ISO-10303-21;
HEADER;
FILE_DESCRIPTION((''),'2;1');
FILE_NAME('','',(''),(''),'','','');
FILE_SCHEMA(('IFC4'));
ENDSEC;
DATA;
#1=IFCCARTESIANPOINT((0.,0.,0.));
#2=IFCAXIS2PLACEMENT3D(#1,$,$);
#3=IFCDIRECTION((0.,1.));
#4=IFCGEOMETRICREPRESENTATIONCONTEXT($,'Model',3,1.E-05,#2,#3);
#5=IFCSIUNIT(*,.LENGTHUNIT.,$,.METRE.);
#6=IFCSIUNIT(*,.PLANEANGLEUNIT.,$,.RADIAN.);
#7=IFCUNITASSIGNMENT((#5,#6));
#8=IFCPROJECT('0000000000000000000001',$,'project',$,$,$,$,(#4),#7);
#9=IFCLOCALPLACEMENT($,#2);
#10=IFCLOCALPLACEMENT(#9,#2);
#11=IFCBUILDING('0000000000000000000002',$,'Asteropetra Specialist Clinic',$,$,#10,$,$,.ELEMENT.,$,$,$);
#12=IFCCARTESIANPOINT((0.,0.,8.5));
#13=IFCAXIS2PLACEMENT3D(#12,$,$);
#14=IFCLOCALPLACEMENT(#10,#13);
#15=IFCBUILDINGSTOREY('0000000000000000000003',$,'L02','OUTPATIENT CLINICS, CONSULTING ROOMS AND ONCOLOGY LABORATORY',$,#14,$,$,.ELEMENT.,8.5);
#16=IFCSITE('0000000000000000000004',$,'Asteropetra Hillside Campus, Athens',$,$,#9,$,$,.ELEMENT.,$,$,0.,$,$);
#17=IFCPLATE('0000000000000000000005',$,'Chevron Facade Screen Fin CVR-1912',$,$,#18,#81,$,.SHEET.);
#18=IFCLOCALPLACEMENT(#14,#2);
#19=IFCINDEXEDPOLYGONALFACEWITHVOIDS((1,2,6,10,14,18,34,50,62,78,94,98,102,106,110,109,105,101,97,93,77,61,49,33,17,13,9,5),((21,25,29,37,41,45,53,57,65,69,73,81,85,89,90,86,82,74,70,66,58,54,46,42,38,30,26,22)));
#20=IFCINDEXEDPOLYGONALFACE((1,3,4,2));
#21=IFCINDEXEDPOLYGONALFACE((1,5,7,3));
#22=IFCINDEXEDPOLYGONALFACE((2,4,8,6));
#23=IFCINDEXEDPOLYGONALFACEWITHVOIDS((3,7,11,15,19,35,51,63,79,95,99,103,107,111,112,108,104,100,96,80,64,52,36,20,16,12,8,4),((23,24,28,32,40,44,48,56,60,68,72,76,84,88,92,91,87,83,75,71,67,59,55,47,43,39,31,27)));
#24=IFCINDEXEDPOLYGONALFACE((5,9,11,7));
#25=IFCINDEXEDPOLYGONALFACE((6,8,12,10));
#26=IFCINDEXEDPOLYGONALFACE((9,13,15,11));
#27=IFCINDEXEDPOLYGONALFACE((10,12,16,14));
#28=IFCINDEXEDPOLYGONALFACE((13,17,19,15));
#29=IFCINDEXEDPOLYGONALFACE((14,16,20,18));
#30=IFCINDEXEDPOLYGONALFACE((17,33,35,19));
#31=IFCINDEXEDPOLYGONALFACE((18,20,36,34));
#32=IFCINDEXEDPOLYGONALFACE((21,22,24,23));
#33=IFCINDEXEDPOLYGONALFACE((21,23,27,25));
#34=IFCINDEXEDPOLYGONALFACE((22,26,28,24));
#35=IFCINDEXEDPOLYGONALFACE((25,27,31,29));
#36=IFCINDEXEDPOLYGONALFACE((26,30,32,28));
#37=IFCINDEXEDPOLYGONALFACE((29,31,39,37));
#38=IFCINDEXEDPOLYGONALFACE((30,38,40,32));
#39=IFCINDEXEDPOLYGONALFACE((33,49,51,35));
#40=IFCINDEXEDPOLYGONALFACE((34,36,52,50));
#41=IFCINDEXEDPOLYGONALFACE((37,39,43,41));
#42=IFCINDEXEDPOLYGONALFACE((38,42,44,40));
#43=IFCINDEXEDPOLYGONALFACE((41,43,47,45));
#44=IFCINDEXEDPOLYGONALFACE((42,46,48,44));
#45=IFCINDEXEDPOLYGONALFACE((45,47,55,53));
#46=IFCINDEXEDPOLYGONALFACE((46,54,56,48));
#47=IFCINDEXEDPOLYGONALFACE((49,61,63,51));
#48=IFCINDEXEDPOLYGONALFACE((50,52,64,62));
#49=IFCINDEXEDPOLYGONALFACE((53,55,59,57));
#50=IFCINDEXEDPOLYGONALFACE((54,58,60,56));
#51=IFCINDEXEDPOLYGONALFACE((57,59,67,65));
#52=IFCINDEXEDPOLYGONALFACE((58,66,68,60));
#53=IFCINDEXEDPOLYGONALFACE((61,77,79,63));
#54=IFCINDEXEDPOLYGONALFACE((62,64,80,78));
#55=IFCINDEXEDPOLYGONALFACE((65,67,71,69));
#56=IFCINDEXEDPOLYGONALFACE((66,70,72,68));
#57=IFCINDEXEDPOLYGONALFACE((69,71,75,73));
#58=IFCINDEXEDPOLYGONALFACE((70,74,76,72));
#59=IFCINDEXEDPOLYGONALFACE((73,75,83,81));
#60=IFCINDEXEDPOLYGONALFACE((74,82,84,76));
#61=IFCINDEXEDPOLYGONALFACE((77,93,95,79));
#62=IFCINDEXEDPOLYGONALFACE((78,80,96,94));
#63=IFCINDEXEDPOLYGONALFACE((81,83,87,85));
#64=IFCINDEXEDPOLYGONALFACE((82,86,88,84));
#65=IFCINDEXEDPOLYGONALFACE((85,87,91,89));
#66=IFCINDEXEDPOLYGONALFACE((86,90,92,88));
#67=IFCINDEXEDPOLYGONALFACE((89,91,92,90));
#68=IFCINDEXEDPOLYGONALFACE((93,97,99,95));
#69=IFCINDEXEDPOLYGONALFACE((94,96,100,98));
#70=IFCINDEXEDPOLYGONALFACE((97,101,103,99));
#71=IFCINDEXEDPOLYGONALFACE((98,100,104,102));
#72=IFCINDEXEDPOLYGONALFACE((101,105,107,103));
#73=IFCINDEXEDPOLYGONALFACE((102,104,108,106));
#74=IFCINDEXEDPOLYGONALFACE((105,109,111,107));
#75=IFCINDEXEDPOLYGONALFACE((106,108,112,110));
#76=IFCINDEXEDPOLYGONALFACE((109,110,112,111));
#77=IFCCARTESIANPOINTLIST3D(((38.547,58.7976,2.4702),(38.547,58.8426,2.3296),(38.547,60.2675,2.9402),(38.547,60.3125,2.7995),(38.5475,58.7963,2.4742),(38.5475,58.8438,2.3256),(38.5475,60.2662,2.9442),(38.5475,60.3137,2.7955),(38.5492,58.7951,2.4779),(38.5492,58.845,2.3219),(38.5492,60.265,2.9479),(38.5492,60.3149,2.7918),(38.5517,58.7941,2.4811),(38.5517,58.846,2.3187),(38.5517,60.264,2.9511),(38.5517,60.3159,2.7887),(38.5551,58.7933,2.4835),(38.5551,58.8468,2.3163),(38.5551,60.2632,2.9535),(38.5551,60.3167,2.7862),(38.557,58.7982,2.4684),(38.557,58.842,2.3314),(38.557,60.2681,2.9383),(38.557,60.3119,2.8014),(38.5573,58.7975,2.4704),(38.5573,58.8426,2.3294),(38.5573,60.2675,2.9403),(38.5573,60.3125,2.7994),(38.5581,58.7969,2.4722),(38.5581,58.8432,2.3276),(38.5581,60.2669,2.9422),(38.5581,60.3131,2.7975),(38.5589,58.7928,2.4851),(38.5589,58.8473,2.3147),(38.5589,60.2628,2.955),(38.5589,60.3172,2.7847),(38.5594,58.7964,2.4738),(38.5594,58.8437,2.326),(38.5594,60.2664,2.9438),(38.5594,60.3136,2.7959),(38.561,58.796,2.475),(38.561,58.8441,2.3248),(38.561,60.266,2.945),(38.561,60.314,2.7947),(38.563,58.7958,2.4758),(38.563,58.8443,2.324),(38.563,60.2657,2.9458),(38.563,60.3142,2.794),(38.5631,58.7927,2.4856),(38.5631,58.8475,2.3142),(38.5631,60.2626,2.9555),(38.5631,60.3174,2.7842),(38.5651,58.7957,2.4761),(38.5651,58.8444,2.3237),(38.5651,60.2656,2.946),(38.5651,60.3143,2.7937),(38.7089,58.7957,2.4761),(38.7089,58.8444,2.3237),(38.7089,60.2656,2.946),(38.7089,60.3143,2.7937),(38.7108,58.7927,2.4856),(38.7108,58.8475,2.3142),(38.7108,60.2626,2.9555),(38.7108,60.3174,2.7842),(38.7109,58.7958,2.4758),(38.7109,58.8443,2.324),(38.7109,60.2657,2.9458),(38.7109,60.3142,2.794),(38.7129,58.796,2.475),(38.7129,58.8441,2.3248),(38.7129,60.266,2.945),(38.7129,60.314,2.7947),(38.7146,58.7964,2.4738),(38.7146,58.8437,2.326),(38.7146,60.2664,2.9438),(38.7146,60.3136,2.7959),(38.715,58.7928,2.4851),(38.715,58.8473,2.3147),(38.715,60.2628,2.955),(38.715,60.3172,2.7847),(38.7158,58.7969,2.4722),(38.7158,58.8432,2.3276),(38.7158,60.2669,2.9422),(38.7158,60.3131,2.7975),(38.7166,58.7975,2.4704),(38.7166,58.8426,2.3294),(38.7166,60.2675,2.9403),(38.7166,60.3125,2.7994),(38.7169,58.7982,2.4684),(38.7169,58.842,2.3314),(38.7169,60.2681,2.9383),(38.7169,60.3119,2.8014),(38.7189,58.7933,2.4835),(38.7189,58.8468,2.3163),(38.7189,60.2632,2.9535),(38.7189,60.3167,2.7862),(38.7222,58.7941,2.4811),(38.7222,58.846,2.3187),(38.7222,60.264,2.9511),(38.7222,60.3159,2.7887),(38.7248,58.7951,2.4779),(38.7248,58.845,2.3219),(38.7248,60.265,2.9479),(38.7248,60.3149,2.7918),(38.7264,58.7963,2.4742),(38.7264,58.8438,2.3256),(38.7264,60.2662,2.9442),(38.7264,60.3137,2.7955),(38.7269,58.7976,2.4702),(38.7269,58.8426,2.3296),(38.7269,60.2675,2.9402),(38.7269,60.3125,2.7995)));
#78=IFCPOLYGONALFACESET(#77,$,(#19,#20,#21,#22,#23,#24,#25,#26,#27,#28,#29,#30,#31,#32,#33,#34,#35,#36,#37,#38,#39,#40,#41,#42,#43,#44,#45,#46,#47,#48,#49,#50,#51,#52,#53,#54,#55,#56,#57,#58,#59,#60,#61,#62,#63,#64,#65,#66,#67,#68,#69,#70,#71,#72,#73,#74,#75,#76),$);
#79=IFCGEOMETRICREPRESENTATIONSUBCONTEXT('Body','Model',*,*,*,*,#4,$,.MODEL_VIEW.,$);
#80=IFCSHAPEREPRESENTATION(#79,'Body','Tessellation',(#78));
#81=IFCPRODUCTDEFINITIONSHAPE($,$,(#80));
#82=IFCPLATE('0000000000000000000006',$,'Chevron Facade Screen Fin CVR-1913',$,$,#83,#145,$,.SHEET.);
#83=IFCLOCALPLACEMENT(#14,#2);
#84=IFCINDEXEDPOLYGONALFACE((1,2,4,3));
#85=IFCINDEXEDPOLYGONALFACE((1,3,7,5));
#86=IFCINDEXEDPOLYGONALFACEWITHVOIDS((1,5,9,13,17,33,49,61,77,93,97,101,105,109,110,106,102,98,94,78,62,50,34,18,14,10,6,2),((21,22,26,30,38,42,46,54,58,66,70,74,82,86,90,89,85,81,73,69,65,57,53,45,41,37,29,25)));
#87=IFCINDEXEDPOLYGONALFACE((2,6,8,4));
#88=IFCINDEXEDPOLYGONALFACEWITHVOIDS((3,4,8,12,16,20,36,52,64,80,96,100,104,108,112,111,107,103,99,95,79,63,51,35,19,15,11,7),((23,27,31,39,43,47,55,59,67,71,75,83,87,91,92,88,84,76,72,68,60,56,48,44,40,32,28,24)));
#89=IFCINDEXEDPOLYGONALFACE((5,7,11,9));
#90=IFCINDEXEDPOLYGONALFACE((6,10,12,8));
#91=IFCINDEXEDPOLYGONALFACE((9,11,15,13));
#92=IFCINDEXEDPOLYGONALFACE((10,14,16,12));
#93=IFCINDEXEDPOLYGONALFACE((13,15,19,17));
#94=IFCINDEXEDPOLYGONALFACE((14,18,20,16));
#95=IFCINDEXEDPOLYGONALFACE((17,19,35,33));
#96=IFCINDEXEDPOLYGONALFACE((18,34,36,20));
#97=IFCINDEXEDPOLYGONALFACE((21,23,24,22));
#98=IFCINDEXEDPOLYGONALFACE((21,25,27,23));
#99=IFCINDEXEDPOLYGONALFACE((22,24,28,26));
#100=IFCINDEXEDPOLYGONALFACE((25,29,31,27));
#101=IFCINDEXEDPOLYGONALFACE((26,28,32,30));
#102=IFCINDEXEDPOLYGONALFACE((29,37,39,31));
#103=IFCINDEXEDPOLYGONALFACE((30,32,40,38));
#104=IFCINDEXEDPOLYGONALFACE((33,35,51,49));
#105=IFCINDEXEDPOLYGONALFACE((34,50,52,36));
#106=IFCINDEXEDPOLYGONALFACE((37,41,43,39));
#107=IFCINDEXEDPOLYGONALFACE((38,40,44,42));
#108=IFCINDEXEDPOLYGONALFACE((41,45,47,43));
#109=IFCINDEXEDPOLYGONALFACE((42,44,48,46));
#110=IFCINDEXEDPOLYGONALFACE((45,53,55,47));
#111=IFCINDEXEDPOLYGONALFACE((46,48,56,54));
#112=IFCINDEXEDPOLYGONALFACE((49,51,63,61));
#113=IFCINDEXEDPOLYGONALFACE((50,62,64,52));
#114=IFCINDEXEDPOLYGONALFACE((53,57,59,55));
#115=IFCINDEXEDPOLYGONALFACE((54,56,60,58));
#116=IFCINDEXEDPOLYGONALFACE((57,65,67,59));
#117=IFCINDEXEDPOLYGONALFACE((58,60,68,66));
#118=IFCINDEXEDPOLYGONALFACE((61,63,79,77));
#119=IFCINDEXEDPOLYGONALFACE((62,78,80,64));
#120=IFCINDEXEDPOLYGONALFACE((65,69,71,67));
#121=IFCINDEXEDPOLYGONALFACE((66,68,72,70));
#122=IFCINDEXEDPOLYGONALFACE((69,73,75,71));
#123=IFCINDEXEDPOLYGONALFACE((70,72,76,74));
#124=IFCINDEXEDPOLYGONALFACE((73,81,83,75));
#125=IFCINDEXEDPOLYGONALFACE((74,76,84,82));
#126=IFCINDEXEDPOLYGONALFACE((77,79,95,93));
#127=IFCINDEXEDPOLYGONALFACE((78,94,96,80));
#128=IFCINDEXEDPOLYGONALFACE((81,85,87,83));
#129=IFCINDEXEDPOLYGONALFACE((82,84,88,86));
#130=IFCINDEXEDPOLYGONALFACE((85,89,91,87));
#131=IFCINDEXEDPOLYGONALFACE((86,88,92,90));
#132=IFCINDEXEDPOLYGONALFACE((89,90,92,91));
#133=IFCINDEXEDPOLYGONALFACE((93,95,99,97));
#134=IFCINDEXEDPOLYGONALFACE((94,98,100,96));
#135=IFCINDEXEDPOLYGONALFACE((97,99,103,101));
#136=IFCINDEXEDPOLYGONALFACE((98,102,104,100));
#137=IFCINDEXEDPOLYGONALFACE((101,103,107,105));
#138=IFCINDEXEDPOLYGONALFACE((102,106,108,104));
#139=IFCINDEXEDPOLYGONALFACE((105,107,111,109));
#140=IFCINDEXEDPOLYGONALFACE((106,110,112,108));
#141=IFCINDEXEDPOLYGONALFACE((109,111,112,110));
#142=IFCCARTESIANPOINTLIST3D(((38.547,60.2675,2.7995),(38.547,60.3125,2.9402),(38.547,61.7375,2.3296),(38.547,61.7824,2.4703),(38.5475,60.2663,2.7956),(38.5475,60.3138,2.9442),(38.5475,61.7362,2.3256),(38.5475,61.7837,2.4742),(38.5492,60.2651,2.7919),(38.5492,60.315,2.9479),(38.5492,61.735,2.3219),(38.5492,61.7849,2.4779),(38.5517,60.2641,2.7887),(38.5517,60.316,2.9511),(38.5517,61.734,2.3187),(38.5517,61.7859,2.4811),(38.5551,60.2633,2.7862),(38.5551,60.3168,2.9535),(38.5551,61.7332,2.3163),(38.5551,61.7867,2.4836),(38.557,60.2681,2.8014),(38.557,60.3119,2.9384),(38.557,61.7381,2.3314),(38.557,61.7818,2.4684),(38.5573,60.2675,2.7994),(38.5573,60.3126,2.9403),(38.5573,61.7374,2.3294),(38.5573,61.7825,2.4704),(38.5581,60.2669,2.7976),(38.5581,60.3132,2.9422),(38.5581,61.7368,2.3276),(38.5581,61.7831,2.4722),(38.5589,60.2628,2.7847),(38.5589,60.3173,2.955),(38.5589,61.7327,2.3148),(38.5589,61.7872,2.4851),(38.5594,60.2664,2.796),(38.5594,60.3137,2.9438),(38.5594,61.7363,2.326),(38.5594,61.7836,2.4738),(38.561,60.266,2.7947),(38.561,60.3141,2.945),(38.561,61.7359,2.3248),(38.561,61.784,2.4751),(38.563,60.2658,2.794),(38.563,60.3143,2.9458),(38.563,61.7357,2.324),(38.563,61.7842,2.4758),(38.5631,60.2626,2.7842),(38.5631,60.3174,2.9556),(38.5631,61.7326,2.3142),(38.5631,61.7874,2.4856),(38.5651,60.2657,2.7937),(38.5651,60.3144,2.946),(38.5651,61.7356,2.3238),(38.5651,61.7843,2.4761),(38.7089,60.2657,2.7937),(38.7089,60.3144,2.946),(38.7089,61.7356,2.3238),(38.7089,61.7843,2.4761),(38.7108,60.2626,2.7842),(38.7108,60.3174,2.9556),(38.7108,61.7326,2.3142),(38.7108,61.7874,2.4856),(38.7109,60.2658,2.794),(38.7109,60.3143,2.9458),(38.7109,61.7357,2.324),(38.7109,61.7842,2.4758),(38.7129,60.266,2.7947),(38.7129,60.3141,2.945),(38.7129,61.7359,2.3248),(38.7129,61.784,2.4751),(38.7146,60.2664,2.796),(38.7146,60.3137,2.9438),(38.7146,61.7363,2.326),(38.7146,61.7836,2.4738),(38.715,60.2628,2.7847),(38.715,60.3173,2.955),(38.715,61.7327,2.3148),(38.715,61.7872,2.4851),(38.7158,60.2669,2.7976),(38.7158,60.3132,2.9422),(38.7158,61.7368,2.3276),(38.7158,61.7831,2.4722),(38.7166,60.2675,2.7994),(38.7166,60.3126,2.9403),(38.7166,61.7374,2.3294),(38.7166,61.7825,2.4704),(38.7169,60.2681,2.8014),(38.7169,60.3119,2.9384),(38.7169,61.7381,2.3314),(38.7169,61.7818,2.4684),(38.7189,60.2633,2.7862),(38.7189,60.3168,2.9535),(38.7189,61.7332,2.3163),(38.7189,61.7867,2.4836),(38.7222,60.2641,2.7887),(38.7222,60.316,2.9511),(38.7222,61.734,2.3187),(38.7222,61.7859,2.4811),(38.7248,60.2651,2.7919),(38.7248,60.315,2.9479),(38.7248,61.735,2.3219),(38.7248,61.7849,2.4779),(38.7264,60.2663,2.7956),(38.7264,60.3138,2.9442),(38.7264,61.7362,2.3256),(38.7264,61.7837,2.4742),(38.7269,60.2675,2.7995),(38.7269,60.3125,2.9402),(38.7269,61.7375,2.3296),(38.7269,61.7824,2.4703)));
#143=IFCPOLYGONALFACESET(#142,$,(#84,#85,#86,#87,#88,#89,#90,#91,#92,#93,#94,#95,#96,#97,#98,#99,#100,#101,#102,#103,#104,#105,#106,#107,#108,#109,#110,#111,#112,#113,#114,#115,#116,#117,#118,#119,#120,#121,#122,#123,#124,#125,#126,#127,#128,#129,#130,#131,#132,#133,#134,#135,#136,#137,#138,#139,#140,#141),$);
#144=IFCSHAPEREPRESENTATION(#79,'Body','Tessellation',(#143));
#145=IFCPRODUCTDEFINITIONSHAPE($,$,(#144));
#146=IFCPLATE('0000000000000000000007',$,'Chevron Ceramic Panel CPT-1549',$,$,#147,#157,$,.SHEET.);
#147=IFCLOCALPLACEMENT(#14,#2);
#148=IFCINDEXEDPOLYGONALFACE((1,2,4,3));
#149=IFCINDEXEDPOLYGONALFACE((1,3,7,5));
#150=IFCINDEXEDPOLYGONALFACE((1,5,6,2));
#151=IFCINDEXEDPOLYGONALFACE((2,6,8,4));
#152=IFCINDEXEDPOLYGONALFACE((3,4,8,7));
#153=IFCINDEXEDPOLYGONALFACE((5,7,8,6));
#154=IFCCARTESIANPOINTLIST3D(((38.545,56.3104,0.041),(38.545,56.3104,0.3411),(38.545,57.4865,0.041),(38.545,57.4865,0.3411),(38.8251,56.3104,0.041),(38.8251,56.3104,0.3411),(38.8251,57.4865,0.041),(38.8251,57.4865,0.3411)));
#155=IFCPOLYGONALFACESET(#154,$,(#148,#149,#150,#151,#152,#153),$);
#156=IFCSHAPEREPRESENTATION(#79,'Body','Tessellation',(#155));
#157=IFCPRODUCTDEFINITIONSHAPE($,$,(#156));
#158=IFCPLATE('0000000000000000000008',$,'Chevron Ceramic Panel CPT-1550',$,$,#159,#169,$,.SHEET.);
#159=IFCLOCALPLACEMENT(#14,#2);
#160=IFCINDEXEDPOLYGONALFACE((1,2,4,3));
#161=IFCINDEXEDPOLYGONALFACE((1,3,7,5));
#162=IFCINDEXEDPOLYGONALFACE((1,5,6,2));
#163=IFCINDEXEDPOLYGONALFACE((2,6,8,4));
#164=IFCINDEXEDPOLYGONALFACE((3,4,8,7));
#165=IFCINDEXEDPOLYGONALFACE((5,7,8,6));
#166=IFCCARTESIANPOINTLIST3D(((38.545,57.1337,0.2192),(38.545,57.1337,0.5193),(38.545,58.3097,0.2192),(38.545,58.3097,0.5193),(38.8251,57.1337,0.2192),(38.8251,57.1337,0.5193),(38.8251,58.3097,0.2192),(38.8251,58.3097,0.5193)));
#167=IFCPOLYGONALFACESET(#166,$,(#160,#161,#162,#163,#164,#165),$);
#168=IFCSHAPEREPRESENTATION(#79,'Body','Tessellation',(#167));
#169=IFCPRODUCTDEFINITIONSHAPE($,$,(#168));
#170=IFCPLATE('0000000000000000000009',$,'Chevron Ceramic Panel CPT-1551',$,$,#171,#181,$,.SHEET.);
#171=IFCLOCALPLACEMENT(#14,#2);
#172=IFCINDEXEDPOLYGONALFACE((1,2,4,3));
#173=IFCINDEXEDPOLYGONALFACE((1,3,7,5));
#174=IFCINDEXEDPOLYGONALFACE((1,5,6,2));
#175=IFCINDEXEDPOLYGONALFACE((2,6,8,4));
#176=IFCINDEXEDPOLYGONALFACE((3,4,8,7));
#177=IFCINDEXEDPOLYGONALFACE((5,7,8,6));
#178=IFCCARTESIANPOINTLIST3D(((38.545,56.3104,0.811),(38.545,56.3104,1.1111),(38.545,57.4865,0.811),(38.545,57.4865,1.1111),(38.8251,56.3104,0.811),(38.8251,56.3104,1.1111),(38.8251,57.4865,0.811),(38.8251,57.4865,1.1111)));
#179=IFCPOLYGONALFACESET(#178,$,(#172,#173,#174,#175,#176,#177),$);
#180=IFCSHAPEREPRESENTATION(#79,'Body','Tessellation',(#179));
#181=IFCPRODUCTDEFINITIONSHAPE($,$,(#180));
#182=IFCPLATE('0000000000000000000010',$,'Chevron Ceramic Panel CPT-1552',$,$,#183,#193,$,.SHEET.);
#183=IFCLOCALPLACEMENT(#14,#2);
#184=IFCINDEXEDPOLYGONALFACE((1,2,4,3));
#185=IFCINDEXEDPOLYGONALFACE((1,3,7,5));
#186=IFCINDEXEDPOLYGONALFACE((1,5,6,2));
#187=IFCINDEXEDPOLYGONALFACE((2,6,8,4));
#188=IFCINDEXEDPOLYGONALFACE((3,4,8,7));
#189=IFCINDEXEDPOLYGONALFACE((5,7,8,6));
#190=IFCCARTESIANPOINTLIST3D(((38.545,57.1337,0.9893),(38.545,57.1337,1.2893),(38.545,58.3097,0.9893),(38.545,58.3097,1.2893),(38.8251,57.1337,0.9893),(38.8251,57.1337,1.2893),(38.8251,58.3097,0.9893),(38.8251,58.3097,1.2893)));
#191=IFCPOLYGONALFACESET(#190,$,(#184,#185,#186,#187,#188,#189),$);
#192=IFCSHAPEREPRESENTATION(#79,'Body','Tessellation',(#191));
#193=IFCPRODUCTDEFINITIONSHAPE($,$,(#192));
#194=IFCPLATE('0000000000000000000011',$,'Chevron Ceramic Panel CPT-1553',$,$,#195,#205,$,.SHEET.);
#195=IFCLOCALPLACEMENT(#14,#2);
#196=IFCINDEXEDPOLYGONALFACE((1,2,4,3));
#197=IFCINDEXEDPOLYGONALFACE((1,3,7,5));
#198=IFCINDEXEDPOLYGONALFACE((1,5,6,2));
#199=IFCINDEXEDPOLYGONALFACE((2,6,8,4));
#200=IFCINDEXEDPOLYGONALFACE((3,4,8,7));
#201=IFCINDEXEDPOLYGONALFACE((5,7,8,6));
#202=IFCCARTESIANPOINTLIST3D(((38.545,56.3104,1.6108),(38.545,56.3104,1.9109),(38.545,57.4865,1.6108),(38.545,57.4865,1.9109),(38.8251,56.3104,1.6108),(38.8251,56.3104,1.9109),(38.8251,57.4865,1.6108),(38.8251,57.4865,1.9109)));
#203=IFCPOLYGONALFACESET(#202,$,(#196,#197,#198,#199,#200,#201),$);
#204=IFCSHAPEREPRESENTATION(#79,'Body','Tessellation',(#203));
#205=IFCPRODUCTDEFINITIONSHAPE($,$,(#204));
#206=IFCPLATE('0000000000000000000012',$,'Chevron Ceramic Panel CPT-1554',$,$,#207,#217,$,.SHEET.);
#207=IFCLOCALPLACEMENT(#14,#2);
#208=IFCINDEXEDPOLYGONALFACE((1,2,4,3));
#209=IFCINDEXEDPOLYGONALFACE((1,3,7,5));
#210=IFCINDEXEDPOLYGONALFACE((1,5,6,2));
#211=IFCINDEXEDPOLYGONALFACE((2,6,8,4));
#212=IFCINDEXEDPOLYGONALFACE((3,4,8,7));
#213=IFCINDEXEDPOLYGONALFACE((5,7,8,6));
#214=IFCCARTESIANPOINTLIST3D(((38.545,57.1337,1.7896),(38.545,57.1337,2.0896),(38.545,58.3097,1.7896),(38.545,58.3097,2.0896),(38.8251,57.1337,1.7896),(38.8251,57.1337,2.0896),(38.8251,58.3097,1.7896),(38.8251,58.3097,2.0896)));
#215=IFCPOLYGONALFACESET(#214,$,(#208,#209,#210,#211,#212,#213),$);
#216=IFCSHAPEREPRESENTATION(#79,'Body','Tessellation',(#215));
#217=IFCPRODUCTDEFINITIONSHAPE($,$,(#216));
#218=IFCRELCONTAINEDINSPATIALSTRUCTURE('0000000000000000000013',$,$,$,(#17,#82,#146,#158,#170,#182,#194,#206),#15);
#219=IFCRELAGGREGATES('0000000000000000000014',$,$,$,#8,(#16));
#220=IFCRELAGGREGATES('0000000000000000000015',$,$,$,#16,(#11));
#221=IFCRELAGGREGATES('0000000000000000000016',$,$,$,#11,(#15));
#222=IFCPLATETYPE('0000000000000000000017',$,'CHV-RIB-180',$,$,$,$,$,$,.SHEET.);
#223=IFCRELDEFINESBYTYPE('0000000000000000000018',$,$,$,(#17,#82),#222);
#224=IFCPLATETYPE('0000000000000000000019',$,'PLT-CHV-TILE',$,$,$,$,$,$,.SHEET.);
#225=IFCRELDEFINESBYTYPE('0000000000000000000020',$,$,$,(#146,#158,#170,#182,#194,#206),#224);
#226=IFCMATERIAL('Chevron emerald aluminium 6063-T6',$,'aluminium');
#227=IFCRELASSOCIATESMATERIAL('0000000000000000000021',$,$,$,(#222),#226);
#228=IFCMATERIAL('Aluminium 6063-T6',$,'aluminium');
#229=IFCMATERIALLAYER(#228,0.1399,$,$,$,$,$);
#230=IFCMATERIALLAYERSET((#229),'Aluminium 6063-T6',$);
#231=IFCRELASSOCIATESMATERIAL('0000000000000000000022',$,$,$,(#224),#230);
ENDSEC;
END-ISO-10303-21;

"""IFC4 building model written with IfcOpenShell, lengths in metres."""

from ifc_helpers import new_model, si_unit, direction, frame, origin, origin_2d, place, context, subcontext, project, spatial, rectangle, hollow_rectangle, extrude, material, layer, layer_set, material_profile, profile_set, type_object, element, save


model = new_model("IFC4")

# Units and contexts
model_context = context("Model", 3, precision=1e-05, world=origin(), true_north=direction((0.0, 1.0)))
body_context = subcontext(model_context, "Body", "Model", "MODEL_VIEW")
ifc_project = project(units=[si_unit("LENGTHUNIT", "METRE"), si_unit("PLANEANGLEUNIT", "RADIAN")], contexts=[model_context])

# Site, building, storey
site_placement = place(None, origin())
site = spatial("IfcSite", under=ifc_project, at=site_placement, Name="Asteropetra Hillside Campus, Athens", CompositionType="ELEMENT", RefElevation=0.0)
building_placement = place(site_placement, origin())
building = spatial("IfcBuilding", under=site, at=building_placement, Name="Asteropetra Specialist Clinic", CompositionType="ELEMENT")
storey_placement = place(building_placement, frame((0.0, 0.0, 8.5)))
storey = spatial("IfcBuildingStorey", under=building, at=storey_placement, Name="L02", Description="OUTPATIENT CLINICS, CONSULTING ROOMS AND ONCOLOGY LABORATORY", CompositionType="ELEMENT", Elevation=8.5)

# Plates
ifc_material_1 = material(Name="Chevron emerald aluminium 6063-T6", Category="aluminium")
ifc_material_profile_1 = material_profile(ifc_material_1, hollow_rectangle(XDim=0.1799, YDim=0.1799, WallThickness=0.01, InnerFilletRadius=0.0081, OuterFilletRadius=0.0161, at=origin_2d()), Name="SHS 180x180x10.0")
ifc_profile_set_1 = profile_set([ifc_material_profile_1], Name="Chevron emerald aluminium 6063-T6")
plate_type_1 = type_object("IfcPlateType", Name="CHV-RIB-180", PredefinedType="SHEET", material=ifc_profile_set_1)
for number, where, z_axis, x_axis, name in (
    (1, (38.637, 58.8201, 2.3999), (0.0, 0.952503, 0.304529), (-1.0, 0.0, 0.0), "Chevron Facade Screen Fin CVR-1912"),
    (2, (38.637, 60.29, 2.8699), (0.0, 0.952503, -0.304529), (-1.0, 0.0, 0.0), "Chevron Facade Screen Fin CVR-1913"),
):
    element("IfcPlate", number, at=place(storey_placement, frame(where, z_axis=z_axis, x_axis=x_axis)), inside=storey, type_object=plate_type_1, Name=name, PredefinedType="SHEET", context=body_context, shape_type="SweptSolid", body=[
        extrude(hollow_rectangle(XDim=0.1799, YDim=0.1799, WallThickness=0.01, InnerFilletRadius=0.0081, OuterFilletRadius=0.0161, at=origin_2d()), origin(), (0.0, 0.0, 1.0), 1.5432),
    ])
ifc_material_2 = material(Name="Aluminium 6063-T6", Category="aluminium")
ifc_layer_1 = layer(ifc_material_2, 0.1399)
ifc_layer_set_1 = layer_set([ifc_layer_1], Name="Aluminium 6063-T6")
plate_type_2 = type_object("IfcPlateType", Name="PLT-CHV-TILE", PredefinedType="SHEET", material=ifc_layer_set_1)
for number, where, z_axis, x_axis, name in (
    (3, (38.6851, 56.8984, 0.041), (0.0, 0.0, 1.0), (1.0, 0.0, 0.0), "Chevron Ceramic Panel CPT-1549"),
    (4, (38.6851, 57.7217, 0.2192), (0.0, 0.0, 1.0), (1.0, 0.0, 0.0), "Chevron Ceramic Panel CPT-1550"),
    (5, (38.6851, 56.8984, 0.811), (0.0, 0.0, 1.0), (1.0, 0.0, 0.0), "Chevron Ceramic Panel CPT-1551"),
    (6, (38.6851, 57.7217, 0.9893), (0.0, 0.0, 1.0), (1.0, 0.0, 0.0), "Chevron Ceramic Panel CPT-1552"),
    (7, (38.6851, 56.8984, 1.6108), (0.0, 0.0, 1.0), (1.0, 0.0, 0.0), "Chevron Ceramic Panel CPT-1553"),
    (8, (38.6851, 57.7217, 1.7896), (0.0, 0.0, 1.0), (1.0, 0.0, 0.0), "Chevron Ceramic Panel CPT-1554"),
):
    element("IfcPlate", number, at=place(storey_placement, frame(where, z_axis=z_axis, x_axis=x_axis)), inside=storey, type_object=plate_type_2, Name=name, PredefinedType="SHEET", context=body_context, shape_type="SweptSolid", body=[
        extrude(rectangle(XDim=0.28, YDim=1.176, at=origin_2d()), origin(), (0.0, 0.0, 1.0), 0.3),
    ])

save(model, "model.ifc")
